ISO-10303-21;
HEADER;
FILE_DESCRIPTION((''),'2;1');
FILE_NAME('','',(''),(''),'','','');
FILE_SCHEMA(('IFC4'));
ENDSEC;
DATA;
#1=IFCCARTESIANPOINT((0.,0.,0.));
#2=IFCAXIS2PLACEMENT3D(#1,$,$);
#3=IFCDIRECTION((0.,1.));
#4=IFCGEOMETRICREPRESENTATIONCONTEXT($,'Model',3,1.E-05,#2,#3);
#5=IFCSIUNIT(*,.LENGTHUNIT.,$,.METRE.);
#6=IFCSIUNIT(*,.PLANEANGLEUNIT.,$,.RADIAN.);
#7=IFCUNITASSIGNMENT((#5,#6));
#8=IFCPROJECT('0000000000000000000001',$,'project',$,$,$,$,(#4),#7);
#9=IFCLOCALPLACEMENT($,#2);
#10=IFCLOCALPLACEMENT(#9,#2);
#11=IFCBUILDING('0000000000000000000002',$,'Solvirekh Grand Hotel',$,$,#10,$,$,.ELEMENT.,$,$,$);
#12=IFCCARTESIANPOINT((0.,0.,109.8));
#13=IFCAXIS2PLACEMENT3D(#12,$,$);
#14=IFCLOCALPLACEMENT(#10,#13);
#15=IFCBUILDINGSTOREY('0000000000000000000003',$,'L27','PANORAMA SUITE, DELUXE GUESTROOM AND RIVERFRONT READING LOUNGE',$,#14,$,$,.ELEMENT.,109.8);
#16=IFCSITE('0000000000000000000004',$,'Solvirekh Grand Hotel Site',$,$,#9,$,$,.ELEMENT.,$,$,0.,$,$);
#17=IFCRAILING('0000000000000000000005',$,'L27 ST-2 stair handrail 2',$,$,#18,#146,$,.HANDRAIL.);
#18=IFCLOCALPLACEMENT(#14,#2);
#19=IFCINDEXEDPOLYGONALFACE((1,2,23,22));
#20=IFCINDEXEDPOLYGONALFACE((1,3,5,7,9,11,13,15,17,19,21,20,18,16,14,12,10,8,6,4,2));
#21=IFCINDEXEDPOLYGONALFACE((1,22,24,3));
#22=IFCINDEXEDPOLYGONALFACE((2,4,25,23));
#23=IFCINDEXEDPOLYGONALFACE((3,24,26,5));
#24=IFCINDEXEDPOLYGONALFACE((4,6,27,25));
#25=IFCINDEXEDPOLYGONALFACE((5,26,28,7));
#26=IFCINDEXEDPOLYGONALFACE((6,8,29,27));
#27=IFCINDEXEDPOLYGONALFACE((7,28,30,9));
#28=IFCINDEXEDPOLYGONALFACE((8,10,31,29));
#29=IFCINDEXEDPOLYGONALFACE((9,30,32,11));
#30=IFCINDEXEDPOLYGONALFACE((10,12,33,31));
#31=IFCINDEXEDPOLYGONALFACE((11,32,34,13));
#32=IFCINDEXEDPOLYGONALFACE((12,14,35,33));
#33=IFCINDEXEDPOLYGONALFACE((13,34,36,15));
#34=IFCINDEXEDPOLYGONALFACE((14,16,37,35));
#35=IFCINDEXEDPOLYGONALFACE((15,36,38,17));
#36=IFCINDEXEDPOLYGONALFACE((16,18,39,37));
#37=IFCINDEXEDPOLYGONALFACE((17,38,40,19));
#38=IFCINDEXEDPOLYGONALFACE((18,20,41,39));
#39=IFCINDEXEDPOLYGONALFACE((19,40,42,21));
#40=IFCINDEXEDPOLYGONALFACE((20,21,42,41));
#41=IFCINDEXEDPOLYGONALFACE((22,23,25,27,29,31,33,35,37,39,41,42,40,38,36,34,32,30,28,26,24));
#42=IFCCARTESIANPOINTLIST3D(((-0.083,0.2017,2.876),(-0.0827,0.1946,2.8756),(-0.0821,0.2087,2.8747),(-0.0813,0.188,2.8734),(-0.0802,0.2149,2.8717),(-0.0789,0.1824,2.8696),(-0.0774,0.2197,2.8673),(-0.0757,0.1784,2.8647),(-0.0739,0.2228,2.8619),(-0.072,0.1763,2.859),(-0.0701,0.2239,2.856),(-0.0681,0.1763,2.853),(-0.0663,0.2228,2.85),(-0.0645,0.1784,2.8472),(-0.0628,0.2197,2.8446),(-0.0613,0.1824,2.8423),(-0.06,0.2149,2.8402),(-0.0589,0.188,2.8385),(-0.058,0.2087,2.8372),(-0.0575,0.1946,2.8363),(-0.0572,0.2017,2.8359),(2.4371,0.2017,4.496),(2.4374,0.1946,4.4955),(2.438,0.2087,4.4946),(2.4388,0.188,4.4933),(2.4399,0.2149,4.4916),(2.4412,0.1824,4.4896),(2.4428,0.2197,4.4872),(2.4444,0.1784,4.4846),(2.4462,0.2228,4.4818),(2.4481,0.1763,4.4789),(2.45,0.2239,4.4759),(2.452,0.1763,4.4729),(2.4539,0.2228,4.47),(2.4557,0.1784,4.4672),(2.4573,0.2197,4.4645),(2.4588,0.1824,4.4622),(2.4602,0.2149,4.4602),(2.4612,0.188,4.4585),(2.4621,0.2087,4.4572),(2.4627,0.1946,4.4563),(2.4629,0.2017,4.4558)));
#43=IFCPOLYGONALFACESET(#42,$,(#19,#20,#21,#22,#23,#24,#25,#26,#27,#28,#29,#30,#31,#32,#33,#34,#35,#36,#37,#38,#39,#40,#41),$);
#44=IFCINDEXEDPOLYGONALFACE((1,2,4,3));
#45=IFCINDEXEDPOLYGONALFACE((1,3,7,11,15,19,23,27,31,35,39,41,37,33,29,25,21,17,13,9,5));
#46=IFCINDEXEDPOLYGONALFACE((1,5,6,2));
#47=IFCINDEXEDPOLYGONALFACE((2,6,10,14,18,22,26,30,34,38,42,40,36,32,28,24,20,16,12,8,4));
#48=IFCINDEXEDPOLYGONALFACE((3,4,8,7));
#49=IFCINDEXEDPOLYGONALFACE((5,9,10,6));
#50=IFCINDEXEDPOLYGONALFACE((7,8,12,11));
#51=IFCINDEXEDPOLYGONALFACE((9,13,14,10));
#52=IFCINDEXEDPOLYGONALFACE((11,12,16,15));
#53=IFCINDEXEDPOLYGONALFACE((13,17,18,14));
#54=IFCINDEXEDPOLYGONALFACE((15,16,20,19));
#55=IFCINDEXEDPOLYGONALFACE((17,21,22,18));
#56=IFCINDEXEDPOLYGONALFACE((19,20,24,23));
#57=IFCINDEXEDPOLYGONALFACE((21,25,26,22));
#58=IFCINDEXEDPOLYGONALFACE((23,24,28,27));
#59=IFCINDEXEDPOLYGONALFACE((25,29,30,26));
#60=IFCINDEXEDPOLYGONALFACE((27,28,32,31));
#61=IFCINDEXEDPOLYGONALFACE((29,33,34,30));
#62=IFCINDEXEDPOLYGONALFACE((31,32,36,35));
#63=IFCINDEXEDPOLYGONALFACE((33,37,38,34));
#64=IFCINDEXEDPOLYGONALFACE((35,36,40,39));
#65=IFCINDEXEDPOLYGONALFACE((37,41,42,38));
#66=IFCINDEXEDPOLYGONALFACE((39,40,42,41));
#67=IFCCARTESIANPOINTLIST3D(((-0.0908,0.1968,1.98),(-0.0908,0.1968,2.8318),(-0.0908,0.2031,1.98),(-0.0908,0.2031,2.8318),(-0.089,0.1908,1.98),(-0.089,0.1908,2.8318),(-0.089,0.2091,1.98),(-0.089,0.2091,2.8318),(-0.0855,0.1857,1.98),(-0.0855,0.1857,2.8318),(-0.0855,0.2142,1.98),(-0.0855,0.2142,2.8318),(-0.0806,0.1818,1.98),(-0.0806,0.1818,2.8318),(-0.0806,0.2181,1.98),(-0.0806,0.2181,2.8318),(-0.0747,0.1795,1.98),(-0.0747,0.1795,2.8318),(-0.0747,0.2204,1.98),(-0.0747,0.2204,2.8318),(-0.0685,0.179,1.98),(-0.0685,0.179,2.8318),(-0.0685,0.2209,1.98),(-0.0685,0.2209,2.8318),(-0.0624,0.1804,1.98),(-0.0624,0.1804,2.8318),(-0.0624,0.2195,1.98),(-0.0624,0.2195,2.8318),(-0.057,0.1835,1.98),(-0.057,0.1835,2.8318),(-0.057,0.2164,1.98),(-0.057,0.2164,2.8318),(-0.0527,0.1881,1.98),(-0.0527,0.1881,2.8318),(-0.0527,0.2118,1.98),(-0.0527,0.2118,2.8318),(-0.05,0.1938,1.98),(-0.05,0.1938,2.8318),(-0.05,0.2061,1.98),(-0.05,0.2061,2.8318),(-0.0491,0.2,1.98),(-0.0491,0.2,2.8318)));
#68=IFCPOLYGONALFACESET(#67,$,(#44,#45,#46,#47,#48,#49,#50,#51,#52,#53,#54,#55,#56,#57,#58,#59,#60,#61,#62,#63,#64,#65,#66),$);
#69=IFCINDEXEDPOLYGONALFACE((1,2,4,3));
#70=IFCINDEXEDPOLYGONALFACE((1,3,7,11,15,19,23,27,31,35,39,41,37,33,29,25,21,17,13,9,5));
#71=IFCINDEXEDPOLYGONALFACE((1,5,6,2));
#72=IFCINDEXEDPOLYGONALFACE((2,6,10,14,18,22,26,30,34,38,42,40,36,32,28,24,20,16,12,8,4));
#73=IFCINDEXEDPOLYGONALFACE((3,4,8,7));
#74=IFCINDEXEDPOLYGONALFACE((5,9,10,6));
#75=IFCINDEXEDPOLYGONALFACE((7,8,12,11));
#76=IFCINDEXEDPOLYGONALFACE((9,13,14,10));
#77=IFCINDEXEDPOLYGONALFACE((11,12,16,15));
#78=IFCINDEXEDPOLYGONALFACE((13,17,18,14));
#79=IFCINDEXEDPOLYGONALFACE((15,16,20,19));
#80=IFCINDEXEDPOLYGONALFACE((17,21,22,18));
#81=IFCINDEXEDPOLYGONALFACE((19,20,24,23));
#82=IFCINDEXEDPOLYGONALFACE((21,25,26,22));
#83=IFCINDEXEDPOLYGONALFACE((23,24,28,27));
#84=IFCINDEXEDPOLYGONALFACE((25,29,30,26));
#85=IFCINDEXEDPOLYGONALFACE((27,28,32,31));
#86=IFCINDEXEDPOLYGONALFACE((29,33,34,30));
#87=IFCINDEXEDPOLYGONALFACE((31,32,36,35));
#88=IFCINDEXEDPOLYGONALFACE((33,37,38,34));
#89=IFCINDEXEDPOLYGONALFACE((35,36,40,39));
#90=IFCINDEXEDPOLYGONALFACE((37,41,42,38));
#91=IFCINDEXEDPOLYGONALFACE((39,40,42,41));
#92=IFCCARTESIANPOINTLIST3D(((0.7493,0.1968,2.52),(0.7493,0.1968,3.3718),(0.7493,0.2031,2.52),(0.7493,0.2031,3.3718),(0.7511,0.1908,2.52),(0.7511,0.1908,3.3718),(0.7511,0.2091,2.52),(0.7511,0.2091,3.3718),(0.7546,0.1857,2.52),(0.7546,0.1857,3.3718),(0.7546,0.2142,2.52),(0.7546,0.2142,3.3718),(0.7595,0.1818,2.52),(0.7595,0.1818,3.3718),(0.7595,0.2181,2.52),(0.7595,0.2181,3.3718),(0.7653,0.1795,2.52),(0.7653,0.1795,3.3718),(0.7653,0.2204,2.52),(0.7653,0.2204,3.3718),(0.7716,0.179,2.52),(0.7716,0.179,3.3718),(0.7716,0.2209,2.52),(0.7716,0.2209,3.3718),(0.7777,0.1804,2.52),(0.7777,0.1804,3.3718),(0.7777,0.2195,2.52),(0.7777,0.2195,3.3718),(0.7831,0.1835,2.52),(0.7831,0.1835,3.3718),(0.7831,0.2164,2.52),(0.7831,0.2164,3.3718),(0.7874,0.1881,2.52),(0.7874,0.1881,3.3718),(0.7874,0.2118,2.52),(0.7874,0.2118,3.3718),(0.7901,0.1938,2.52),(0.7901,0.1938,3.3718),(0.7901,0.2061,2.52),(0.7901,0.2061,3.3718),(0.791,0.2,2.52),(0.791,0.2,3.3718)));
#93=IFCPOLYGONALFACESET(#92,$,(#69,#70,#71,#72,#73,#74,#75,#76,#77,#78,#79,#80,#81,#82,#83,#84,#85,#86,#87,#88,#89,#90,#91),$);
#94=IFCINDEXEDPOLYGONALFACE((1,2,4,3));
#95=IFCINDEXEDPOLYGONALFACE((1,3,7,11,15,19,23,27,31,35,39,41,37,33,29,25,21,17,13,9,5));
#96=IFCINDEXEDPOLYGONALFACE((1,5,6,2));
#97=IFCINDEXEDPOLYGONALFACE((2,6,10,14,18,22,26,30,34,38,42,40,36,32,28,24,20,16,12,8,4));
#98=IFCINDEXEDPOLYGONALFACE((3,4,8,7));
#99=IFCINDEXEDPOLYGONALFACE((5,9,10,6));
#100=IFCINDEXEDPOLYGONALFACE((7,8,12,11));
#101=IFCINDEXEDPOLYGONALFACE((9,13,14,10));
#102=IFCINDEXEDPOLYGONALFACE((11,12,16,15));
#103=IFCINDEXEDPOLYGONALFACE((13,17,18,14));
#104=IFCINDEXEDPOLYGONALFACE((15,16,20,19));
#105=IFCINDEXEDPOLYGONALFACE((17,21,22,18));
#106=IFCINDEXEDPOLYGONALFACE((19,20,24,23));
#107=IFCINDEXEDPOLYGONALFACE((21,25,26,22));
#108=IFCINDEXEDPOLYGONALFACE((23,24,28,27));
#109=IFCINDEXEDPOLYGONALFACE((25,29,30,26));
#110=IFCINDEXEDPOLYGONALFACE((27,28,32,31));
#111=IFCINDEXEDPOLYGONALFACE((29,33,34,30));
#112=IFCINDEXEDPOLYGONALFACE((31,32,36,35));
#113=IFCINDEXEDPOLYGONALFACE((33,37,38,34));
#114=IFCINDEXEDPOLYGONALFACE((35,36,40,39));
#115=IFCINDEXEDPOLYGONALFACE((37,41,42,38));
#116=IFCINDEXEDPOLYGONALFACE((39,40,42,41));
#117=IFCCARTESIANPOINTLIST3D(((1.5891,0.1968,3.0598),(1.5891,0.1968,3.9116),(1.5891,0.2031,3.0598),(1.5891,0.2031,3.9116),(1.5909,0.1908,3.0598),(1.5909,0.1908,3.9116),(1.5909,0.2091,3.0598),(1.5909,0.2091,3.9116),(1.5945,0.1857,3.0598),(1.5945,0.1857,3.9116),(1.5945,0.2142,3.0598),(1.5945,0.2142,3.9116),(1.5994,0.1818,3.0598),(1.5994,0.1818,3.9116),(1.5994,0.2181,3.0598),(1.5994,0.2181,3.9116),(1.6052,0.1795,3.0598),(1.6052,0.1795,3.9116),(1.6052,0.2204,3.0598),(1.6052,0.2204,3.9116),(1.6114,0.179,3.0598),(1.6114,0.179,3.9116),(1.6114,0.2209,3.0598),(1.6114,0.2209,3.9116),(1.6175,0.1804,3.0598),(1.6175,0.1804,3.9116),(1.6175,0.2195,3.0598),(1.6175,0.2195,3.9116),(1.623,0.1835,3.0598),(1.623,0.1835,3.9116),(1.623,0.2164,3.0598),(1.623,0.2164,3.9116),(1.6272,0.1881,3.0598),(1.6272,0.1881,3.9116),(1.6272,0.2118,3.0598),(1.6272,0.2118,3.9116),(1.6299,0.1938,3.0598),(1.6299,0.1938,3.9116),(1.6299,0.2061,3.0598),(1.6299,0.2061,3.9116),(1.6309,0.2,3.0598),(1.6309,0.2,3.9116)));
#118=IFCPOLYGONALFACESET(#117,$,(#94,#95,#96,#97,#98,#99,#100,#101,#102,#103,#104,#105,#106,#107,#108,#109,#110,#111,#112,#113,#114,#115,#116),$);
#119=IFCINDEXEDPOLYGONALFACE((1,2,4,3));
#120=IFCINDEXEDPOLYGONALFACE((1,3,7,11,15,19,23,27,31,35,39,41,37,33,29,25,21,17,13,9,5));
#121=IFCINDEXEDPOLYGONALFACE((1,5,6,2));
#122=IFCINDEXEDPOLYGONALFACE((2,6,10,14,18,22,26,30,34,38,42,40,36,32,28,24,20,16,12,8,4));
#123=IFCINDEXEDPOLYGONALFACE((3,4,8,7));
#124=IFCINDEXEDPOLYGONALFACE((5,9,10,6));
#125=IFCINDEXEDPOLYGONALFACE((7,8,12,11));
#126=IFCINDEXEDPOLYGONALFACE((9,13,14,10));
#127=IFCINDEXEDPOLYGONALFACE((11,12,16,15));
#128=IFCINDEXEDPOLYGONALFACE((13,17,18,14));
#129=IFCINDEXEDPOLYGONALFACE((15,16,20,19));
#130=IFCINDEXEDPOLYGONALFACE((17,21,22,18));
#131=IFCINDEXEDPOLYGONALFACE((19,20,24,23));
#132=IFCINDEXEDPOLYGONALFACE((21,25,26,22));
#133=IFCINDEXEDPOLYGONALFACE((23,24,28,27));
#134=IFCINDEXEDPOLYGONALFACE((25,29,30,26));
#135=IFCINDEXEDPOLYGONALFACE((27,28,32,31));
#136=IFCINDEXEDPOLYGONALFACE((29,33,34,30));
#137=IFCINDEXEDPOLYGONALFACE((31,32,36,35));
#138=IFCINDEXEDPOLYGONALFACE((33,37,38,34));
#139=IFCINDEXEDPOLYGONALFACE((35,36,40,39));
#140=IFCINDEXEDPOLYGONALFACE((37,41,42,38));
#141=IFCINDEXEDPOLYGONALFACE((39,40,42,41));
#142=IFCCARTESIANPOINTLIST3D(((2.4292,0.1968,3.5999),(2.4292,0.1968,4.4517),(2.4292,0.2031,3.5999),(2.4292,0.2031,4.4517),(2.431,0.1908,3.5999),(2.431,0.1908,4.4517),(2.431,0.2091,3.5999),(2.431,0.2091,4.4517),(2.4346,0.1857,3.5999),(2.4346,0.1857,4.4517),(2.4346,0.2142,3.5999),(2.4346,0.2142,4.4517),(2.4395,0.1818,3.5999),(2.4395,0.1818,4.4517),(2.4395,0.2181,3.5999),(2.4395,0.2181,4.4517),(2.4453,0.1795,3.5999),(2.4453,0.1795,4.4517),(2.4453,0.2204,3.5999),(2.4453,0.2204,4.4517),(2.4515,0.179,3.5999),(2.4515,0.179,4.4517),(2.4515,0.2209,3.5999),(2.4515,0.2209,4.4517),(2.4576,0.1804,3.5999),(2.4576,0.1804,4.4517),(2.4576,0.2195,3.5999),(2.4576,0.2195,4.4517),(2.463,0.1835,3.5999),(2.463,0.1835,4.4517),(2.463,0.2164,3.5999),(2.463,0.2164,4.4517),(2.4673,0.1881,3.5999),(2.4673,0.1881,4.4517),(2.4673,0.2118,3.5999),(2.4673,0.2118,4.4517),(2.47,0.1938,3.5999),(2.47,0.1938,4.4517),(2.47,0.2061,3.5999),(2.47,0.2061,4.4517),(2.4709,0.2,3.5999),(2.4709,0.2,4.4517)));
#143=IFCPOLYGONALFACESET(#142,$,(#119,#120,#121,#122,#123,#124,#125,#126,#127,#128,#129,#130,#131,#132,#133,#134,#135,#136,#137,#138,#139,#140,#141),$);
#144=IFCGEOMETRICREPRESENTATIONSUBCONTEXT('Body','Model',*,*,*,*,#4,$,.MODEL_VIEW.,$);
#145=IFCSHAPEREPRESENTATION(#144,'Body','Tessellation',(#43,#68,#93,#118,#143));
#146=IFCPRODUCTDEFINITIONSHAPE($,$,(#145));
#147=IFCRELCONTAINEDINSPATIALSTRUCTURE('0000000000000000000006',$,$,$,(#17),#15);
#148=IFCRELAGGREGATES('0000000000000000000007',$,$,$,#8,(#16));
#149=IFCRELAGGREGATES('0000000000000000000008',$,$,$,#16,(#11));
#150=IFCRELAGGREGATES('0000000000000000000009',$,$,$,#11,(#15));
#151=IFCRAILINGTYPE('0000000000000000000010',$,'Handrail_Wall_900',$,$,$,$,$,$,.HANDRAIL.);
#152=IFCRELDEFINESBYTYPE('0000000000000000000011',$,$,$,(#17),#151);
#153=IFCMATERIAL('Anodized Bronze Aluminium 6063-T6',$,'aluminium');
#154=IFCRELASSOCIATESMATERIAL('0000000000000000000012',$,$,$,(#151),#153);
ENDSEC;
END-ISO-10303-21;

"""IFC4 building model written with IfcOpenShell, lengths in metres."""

from ifc_helpers import new_model, si_unit, direction, frame, origin, origin_2d, place, context, subcontext, project, spatial, circle, extrude, material, type_object, element, save


model = new_model("IFC4")

# Units and contexts
model_context = context("Model", 3, precision=1e-05, world=origin(), true_north=direction((0.0, 1.0)))
body_context = subcontext(model_context, "Body", "Model", "MODEL_VIEW")
ifc_project = project(units=[si_unit("LENGTHUNIT", "METRE"), si_unit("PLANEANGLEUNIT", "RADIAN")], contexts=[model_context])

# Site, building, storey
site_placement = place(None, origin())
site = spatial("IfcSite", under=ifc_project, at=site_placement, Name="Solvirekh Grand Hotel Site", CompositionType="ELEMENT", RefElevation=0.0)
building_placement = place(site_placement, origin())
building = spatial("IfcBuilding", under=site, at=building_placement, Name="Solvirekh Grand Hotel", CompositionType="ELEMENT")
storey_placement = place(building_placement, frame((0.0, 0.0, 109.8)))
storey = spatial("IfcBuildingStorey", under=building, at=storey_placement, Name="L27", Description="PANORAMA SUITE, DELUXE GUESTROOM AND RIVERFRONT READING LOUNGE", CompositionType="ELEMENT", Elevation=109.8)

# Shared definitions
ifc_material_1 = material(Name="Anodized Bronze Aluminium 6063-T6", Category="aluminium")

# Railing
railing_type_1 = type_object("IfcRailingType", Name="Handrail_Wall_900", PredefinedType="HANDRAIL", material=ifc_material_1)
railing_1_placement = place(storey_placement, frame((-0.0701, 0.2, 1.98)))
element("IfcRailing", 1, at=railing_1_placement, inside=storey, type_object=railing_type_1, Name="L27 ST-2 stair handrail 2", PredefinedType="HANDRAIL", context=body_context, shape_type="SweptSolid", body=[
    extrude(circle(Radius=0.0239, at=origin_2d()), frame((0.0, 0.0, 0.876), z_axis=(0.8412, 0.0, 0.540725), x_axis=(0.0, 1.0, 0.0)), (0.0, 0.0, 1.0), 2.9958),
    extrude(circle(Radius=0.021, at=origin_2d()), origin(), (0.0, 0.0, 1.0), 0.8518),
    extrude(circle(Radius=0.021, at=origin_2d()), frame((0.8401, 0.0, 0.54)), (0.0, 0.0, 1.0), 0.8518),
    extrude(circle(Radius=0.021, at=origin_2d()), frame((1.6799, 0.0, 1.0798)), (0.0, 0.0, 1.0), 0.8518),
    extrude(circle(Radius=0.021, at=origin_2d()), frame((2.52, 0.0, 1.6199)), (0.0, 0.0, 1.0), 0.8518),
])

save(model, "model.ifc")
